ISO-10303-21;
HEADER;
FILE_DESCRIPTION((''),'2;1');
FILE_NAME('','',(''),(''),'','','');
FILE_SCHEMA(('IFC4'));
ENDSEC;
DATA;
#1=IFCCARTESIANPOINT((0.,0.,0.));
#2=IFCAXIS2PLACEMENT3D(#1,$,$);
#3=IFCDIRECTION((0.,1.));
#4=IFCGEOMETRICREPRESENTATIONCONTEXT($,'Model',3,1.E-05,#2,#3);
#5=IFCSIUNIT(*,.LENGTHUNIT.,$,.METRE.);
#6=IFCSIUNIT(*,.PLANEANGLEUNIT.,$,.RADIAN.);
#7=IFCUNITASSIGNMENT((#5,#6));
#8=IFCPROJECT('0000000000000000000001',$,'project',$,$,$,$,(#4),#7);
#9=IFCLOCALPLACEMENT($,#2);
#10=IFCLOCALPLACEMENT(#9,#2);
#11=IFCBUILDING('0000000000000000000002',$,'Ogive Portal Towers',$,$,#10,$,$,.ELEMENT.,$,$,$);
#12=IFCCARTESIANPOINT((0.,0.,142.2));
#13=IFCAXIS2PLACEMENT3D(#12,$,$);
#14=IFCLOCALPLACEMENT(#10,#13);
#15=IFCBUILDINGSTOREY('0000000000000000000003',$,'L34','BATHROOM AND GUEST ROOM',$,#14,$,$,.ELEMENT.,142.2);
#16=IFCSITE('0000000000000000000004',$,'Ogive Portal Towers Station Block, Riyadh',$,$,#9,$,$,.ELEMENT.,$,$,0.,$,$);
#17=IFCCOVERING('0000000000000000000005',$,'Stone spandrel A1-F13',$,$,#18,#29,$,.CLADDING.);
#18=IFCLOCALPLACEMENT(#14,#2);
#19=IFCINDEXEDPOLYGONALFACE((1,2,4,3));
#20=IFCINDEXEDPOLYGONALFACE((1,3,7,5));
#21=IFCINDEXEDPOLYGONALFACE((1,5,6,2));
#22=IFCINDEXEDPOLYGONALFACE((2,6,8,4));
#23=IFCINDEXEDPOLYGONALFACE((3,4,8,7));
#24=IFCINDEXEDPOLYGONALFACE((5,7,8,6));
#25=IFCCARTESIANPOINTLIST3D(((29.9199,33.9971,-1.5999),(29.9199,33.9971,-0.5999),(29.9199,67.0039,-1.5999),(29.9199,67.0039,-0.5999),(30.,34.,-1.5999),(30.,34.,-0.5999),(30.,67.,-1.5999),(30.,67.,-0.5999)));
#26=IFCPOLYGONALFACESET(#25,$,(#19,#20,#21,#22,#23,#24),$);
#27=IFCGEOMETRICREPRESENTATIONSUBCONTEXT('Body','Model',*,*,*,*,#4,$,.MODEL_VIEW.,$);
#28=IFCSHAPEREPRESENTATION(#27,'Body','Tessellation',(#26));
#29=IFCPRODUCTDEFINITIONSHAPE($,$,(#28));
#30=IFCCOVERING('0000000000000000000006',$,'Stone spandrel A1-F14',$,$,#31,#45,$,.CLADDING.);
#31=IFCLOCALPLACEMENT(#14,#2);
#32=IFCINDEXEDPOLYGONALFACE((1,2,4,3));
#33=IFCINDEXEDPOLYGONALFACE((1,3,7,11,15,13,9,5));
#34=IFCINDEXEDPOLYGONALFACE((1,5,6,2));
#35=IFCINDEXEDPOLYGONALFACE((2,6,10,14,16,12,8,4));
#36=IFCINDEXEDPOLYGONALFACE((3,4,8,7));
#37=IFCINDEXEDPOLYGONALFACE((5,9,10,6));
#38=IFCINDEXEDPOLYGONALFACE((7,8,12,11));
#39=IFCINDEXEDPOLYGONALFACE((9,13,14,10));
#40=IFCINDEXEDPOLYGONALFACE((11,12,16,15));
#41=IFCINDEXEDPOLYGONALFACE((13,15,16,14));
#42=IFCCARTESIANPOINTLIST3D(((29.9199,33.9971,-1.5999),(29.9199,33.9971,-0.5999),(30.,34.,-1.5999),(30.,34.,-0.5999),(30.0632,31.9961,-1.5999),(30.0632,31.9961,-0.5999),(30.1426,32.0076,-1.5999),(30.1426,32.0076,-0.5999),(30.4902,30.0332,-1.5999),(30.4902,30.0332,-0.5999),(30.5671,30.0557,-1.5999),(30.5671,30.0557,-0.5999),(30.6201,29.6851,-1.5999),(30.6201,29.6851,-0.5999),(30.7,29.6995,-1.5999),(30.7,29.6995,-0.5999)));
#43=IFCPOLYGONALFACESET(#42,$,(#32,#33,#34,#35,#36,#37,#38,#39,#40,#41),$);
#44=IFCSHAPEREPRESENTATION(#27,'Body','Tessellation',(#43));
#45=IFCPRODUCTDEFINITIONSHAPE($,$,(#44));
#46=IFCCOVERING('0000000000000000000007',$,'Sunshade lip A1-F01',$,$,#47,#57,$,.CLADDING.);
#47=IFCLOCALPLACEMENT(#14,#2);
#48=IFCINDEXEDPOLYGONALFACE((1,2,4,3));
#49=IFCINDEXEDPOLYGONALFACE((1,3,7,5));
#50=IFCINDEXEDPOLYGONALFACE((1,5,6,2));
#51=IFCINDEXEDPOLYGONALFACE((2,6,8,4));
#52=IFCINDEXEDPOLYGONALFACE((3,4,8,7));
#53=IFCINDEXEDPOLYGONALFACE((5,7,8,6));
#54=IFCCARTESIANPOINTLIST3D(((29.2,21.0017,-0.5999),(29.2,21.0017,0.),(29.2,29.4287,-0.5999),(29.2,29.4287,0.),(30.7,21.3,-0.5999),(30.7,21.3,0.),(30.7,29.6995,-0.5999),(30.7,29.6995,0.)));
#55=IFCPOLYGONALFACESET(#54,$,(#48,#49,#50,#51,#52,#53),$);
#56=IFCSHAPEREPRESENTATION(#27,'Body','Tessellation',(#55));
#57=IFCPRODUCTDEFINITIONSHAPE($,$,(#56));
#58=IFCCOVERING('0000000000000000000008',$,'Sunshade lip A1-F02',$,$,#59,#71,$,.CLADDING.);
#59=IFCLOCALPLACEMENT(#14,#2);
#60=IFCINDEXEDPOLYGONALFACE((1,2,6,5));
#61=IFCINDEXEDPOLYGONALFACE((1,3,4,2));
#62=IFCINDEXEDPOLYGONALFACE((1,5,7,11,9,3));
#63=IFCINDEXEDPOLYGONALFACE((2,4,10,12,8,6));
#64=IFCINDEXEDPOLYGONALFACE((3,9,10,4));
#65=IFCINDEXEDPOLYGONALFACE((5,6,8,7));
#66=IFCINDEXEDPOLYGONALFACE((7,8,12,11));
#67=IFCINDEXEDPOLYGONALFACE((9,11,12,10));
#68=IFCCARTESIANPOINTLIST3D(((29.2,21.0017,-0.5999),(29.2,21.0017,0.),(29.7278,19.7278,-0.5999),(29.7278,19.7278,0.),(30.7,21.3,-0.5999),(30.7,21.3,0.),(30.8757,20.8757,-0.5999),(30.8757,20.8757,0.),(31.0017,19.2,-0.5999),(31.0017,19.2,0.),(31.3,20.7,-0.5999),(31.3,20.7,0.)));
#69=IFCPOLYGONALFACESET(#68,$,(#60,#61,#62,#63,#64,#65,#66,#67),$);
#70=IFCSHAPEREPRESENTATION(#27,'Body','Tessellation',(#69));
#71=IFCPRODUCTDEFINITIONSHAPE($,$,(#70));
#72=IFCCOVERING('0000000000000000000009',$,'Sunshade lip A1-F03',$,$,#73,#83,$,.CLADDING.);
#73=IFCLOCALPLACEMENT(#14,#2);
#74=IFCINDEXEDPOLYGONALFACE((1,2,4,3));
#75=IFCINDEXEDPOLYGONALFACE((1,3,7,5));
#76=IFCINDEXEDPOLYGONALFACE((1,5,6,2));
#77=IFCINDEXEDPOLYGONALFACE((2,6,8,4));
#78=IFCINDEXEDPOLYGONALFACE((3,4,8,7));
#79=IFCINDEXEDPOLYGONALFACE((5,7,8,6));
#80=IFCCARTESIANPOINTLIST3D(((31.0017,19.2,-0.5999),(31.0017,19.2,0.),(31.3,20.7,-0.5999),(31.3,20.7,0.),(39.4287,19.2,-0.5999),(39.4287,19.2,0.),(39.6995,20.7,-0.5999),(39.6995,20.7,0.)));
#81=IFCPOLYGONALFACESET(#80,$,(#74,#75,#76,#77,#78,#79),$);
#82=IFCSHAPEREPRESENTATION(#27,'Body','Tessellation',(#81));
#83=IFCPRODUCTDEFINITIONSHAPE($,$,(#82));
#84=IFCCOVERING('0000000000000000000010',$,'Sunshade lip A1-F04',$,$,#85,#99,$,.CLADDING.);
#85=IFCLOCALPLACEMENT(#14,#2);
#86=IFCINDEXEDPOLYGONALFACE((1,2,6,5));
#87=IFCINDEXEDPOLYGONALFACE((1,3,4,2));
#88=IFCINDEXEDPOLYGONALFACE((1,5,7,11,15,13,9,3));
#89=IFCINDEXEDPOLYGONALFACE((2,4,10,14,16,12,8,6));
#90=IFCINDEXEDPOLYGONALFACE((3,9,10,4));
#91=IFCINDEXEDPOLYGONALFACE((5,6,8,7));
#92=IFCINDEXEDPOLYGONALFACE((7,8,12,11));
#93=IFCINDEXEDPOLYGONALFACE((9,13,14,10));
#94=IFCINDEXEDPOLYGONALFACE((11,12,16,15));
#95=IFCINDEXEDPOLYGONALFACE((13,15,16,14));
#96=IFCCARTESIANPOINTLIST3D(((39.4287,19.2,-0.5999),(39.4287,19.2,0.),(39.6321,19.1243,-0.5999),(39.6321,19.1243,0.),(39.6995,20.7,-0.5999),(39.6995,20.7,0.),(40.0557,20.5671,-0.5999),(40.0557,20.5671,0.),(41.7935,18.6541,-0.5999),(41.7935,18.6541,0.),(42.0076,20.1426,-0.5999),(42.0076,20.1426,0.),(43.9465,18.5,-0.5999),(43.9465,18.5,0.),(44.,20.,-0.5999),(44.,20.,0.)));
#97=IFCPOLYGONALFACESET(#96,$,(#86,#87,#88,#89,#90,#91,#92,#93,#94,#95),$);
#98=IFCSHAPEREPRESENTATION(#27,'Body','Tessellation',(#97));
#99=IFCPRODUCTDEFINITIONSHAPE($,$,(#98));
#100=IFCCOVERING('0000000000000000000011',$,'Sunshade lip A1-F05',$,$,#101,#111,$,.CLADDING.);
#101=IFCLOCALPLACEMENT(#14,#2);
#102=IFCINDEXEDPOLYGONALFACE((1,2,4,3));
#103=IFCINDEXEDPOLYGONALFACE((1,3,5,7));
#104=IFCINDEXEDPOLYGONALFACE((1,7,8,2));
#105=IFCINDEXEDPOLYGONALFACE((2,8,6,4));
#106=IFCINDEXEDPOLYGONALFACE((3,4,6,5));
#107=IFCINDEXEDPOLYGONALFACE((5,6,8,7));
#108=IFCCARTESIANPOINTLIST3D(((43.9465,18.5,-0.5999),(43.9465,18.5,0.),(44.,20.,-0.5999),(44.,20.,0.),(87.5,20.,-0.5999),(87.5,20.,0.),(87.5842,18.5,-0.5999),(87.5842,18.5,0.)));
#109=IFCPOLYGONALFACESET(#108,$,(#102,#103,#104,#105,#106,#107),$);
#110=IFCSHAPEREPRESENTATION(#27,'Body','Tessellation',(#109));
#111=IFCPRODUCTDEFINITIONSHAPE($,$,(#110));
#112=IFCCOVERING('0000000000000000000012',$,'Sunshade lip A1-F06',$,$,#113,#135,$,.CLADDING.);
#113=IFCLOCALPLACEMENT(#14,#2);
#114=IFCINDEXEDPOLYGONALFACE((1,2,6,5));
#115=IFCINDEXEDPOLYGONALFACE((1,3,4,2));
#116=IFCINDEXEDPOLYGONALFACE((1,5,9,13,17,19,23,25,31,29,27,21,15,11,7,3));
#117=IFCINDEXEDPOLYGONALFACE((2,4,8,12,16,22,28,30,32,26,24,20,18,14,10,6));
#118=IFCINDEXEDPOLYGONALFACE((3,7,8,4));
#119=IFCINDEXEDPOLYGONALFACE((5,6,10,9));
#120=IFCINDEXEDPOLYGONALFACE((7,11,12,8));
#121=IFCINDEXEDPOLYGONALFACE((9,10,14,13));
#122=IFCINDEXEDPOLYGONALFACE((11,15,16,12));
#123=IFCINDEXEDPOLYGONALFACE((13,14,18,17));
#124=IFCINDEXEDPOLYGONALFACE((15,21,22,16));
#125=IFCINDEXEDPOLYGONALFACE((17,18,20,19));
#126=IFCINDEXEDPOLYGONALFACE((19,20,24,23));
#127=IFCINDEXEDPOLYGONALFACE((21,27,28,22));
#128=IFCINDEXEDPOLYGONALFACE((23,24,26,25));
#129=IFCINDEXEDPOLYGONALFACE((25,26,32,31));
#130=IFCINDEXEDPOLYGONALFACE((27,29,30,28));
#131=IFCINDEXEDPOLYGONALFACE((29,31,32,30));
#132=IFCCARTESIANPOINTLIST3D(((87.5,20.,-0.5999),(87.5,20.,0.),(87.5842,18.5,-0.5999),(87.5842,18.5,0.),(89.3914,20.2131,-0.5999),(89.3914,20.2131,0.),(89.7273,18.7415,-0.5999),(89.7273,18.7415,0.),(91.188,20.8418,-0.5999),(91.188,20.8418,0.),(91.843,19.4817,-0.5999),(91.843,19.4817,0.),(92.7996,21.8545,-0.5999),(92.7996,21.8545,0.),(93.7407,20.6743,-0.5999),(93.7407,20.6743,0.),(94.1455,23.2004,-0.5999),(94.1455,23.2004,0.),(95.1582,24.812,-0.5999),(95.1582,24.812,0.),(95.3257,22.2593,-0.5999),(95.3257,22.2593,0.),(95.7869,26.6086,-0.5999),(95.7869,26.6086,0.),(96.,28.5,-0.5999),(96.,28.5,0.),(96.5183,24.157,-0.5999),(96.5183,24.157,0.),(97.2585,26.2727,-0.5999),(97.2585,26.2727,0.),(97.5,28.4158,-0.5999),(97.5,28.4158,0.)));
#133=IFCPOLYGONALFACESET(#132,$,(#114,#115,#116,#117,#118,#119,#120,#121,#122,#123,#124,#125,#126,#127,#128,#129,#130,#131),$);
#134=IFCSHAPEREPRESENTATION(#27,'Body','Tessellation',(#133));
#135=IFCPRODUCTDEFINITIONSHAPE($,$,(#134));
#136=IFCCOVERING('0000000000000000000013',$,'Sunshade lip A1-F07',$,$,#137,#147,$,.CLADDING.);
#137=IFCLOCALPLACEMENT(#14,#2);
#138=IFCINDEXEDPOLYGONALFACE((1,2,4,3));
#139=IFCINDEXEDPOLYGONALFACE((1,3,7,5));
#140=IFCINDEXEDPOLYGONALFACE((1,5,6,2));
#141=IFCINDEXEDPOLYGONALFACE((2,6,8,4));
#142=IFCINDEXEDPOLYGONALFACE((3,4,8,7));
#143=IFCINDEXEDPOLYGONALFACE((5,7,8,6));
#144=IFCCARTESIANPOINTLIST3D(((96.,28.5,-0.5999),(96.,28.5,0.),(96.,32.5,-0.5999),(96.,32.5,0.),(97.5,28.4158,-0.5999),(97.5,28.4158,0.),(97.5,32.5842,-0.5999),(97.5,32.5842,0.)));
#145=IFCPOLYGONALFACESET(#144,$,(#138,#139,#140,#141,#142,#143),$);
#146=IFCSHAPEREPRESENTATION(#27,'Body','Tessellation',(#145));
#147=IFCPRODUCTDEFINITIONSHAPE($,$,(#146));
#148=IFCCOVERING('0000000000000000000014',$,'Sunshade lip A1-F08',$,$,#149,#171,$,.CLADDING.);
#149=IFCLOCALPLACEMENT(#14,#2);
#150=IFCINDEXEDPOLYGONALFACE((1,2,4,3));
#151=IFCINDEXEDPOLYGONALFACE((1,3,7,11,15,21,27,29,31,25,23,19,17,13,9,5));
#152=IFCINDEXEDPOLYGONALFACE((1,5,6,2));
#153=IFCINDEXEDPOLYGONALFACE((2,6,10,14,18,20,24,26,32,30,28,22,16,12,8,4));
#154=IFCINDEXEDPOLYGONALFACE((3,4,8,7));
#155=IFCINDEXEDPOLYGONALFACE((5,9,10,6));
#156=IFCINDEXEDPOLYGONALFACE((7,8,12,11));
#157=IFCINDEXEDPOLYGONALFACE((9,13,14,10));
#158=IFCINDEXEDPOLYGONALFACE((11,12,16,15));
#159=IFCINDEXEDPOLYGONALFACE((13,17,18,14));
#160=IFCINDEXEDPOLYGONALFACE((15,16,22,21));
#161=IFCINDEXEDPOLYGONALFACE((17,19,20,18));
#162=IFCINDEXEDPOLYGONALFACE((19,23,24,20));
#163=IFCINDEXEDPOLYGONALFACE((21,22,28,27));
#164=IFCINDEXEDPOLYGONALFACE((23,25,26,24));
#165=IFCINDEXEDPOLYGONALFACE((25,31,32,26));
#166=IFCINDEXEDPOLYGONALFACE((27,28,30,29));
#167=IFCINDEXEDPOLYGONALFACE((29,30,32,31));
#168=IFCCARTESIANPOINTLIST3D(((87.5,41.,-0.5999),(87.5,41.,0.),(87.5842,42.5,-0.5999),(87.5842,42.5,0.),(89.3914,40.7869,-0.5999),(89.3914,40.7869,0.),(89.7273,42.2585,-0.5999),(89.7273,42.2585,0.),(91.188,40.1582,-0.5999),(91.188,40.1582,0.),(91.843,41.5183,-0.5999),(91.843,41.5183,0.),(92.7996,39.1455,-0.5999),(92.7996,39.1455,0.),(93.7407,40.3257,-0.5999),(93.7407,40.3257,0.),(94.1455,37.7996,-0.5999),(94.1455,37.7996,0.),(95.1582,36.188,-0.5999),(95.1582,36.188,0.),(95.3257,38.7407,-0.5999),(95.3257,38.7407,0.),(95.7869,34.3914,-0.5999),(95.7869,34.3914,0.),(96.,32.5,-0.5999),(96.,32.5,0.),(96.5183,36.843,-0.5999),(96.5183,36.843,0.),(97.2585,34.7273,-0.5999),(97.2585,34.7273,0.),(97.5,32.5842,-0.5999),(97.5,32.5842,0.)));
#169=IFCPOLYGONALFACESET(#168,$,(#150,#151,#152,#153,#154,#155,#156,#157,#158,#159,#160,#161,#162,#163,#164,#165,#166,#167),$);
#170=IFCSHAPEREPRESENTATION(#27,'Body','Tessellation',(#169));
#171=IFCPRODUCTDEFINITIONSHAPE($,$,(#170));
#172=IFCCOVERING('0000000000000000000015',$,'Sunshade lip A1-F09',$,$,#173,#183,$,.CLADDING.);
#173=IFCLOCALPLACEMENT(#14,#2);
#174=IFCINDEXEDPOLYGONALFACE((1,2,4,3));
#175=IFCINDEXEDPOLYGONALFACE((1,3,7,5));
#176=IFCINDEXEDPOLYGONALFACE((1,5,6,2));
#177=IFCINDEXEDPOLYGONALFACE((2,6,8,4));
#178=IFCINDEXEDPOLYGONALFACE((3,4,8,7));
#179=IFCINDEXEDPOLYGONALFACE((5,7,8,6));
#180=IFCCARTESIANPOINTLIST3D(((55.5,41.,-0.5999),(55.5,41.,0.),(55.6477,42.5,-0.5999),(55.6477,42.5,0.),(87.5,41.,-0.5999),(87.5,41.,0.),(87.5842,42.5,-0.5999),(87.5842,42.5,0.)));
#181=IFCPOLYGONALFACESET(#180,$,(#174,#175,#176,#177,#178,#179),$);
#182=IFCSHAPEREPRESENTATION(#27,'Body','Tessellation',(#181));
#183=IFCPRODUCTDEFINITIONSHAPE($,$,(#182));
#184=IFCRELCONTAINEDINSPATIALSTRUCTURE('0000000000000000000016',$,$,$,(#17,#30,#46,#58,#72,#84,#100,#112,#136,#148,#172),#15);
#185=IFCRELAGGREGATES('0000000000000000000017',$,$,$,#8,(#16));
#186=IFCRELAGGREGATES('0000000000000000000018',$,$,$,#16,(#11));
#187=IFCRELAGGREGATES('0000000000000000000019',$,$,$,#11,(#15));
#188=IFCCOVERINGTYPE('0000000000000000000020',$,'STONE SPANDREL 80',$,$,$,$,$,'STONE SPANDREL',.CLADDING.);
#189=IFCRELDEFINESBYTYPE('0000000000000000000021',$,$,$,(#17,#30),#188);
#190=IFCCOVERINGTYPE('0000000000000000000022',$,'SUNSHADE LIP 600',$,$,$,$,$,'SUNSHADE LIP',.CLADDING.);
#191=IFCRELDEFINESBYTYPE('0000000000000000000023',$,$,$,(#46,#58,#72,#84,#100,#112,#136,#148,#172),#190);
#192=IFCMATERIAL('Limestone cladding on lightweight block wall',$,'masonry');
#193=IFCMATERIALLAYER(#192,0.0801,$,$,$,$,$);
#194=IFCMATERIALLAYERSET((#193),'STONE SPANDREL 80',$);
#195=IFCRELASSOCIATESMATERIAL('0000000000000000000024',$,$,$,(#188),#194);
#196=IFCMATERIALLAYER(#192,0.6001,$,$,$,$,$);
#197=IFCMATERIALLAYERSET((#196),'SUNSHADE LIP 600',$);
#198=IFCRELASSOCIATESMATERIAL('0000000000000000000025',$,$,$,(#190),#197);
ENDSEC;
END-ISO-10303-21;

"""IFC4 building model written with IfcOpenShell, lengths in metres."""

from ifc_helpers import new_model, si_unit, direction, frame, origin, place, context, subcontext, project, spatial, polyline, outline, extrude, material, layer, layer_set, type_object, element, save


model = new_model("IFC4")

# Units and contexts
model_context = context("Model", 3, precision=1e-05, world=origin(), true_north=direction((0.0, 1.0)))
body_context = subcontext(model_context, "Body", "Model", "MODEL_VIEW")
ifc_project = project(units=[si_unit("LENGTHUNIT", "METRE"), si_unit("PLANEANGLEUNIT", "RADIAN")], contexts=[model_context])

# Site, building, storey
site_placement = place(None, origin())
site = spatial("IfcSite", under=ifc_project, at=site_placement, Name="Ogive Portal Towers Station Block, Riyadh", CompositionType="ELEMENT", RefElevation=0.0)
building_placement = place(site_placement, origin())
building = spatial("IfcBuilding", under=site, at=building_placement, Name="Ogive Portal Towers", CompositionType="ELEMENT")
storey_placement = place(building_placement, frame((0.0, 0.0, 142.2)))
storey = spatial("IfcBuildingStorey", under=building, at=storey_placement, Name="L34", Description="BATHROOM AND GUEST ROOM", CompositionType="ELEMENT", Elevation=142.2)

# Coverings
ifc_material_1 = material(Name="Limestone cladding on lightweight block wall", Category="masonry")
ifc_layer_1 = layer(ifc_material_1, 0.0801)
ifc_layer_set_1 = layer_set([ifc_layer_1], Name="STONE SPANDREL 80")
covering_type_1 = type_object("IfcCoveringType", Name="STONE SPANDREL 80", ElementType="STONE SPANDREL", PredefinedType="CLADDING", material=ifc_layer_set_1)
covering_1_placement = place(storey_placement, frame((0.0, 0.0, -1.5999)))
element("IfcCovering", 1, at=covering_1_placement, inside=storey, type_object=covering_type_1, Name="Stone spandrel A1-F13", PredefinedType="CLADDING", context=body_context, shape_type="SweptSolid", body=[
    extrude(outline(polyline([(30.0, 67.0), (30.0, 34.0), (29.9199, 33.9971), (29.9199, 67.0039), (30.0, 67.0)])), origin(), (0.0, 0.0, 1.0), 1.0),
])
covering_2_placement = place(storey_placement, frame((0.0, 0.0, -1.5999)))
element("IfcCovering", 2, at=covering_2_placement, inside=storey, type_object=covering_type_1, Name="Stone spandrel A1-F14", PredefinedType="CLADDING", context=body_context, shape_type="SweptSolid", body=[
    extrude(outline(polyline([(30.0, 34.0), (30.1426, 32.0076), (30.5671, 30.0557), (30.7, 29.6995), (30.6201, 29.6851), (30.4902, 30.0332), (30.0632, 31.9961), (29.9199, 33.9971), (30.0, 34.0)])), origin(), (0.0, 0.0, 1.0), 1.0),
])
ifc_layer_2 = layer(ifc_material_1, 0.6001)
ifc_layer_set_2 = layer_set([ifc_layer_2], Name="SUNSHADE LIP 600")
covering_type_2 = type_object("IfcCoveringType", Name="SUNSHADE LIP 600", ElementType="SUNSHADE LIP", PredefinedType="CLADDING", material=ifc_layer_set_2)
covering_3_placement = place(storey_placement, frame((0.0, 0.0, -0.5999)))
element("IfcCovering", 3, at=covering_3_placement, inside=storey, type_object=covering_type_2, Name="Sunshade lip A1-F01", PredefinedType="CLADDING", context=body_context, shape_type="SweptSolid", body=[
    extrude(outline(polyline([(30.7, 29.6995), (30.7, 21.3), (29.2, 21.0017), (29.2, 29.4287), (30.7, 29.6995)])), origin(), (0.0, 0.0, 1.0), 0.5999),
])
covering_4_placement = place(storey_placement, frame((0.0, 0.0, -0.5999)))
element("IfcCovering", 4, at=covering_4_placement, inside=storey, type_object=covering_type_2, Name="Sunshade lip A1-F02", PredefinedType="CLADDING", context=body_context, shape_type="SweptSolid", body=[
    extrude(outline(polyline([(30.7, 21.3), (30.8757, 20.8757), (31.3, 20.7), (31.0017, 19.2), (29.7278, 19.7278), (29.2, 21.0017), (30.7, 21.3)])), origin(), (0.0, 0.0, 1.0), 0.5999),
])
covering_5_placement = place(storey_placement, frame((0.0, 0.0, -0.5999)))
element("IfcCovering", 5, at=covering_5_placement, inside=storey, type_object=covering_type_2, Name="Sunshade lip A1-F03", PredefinedType="CLADDING", context=body_context, shape_type="SweptSolid", body=[
    extrude(outline(polyline([(31.3, 20.7), (39.6995, 20.7), (39.4287, 19.2), (31.0017, 19.2), (31.3, 20.7)])), origin(), (0.0, 0.0, 1.0), 0.5999),
])
covering_6_placement = place(storey_placement, frame((0.0, 0.0, -0.5999)))
element("IfcCovering", 6, at=covering_6_placement, inside=storey, type_object=covering_type_2, Name="Sunshade lip A1-F04", PredefinedType="CLADDING", context=body_context, shape_type="SweptSolid", body=[
    extrude(outline(polyline([(39.6995, 20.7), (40.0557, 20.5671), (42.0076, 20.1426), (44.0, 20.0), (43.9465, 18.5), (41.7935, 18.6541), (39.6321, 19.1243), (39.4287, 19.2), (39.6995, 20.7)])), origin(), (0.0, 0.0, 1.0), 0.5999),
])
covering_7_placement = place(storey_placement, frame((0.0, 0.0, -0.5999)))
element("IfcCovering", 7, at=covering_7_placement, inside=storey, type_object=covering_type_2, Name="Sunshade lip A1-F05", PredefinedType="CLADDING", context=body_context, shape_type="SweptSolid", body=[
    extrude(outline(polyline([(44.0, 20.0), (87.5, 20.0), (87.5842, 18.5), (43.9465, 18.5), (44.0, 20.0)])), origin(), (0.0, 0.0, 1.0), 0.5999),
])
covering_8_placement = place(storey_placement, frame((0.0, 0.0, -0.5999)))
element("IfcCovering", 8, at=covering_8_placement, inside=storey, type_object=covering_type_2, Name="Sunshade lip A1-F06", PredefinedType="CLADDING", context=body_context, shape_type="SweptSolid", body=[
    extrude(outline(polyline([(87.5, 20.0), (89.3914, 20.2131), (91.188, 20.8418), (92.7996, 21.8545), (94.1455, 23.2004), (95.1582, 24.812), (95.7869, 26.6086), (96.0, 28.5), (97.5, 28.4158), (97.2585, 26.2727), (96.5183, 24.157), (95.3257, 22.2593), (93.7407, 20.6743), (91.843, 19.4817), (89.7273, 18.7415), (87.5842, 18.5), (87.5, 20.0)])), origin(), (0.0, 0.0, 1.0), 0.5999),
])
covering_9_placement = place(storey_placement, frame((0.0, 0.0, -0.5999)))
element("IfcCovering", 9, at=covering_9_placement, inside=storey, type_object=covering_type_2, Name="Sunshade lip A1-F07", PredefinedType="CLADDING", context=body_context, shape_type="SweptSolid", body=[
    extrude(outline(polyline([(96.0, 28.5), (96.0, 32.5), (97.5, 32.5842), (97.5, 28.4158), (96.0, 28.5)])), origin(), (0.0, 0.0, 1.0), 0.5999),
])
covering_10_placement = place(storey_placement, frame((0.0, 0.0, -0.5999)))
element("IfcCovering", 10, at=covering_10_placement, inside=storey, type_object=covering_type_2, Name="Sunshade lip A1-F08", PredefinedType="CLADDING", context=body_context, shape_type="SweptSolid", body=[
    extrude(outline(polyline([(96.0, 32.5), (95.7869, 34.3914), (95.1582, 36.188), (94.1455, 37.7996), (92.7996, 39.1455), (91.188, 40.1582), (89.3914, 40.7869), (87.5, 41.0), (87.5842, 42.5), (89.7273, 42.2585), (91.843, 41.5183), (93.7407, 40.3257), (95.3257, 38.7407), (96.5183, 36.843), (97.2585, 34.7273), (97.5, 32.5842), (96.0, 32.5)])), origin(), (0.0, 0.0, 1.0), 0.5999),
])
covering_11_placement = place(storey_placement, frame((0.0, 0.0, -0.5999)))
element("IfcCovering", 11, at=covering_11_placement, inside=storey, type_object=covering_type_2, Name="Sunshade lip A1-F09", PredefinedType="CLADDING", context=body_context, shape_type="SweptSolid", body=[
    extrude(outline(polyline([(87.5, 41.0), (55.5, 41.0), (55.6477, 42.5), (87.5842, 42.5), (87.5, 41.0)])), origin(), (0.0, 0.0, 1.0), 0.5999),
])

save(model, "model.ifc")
